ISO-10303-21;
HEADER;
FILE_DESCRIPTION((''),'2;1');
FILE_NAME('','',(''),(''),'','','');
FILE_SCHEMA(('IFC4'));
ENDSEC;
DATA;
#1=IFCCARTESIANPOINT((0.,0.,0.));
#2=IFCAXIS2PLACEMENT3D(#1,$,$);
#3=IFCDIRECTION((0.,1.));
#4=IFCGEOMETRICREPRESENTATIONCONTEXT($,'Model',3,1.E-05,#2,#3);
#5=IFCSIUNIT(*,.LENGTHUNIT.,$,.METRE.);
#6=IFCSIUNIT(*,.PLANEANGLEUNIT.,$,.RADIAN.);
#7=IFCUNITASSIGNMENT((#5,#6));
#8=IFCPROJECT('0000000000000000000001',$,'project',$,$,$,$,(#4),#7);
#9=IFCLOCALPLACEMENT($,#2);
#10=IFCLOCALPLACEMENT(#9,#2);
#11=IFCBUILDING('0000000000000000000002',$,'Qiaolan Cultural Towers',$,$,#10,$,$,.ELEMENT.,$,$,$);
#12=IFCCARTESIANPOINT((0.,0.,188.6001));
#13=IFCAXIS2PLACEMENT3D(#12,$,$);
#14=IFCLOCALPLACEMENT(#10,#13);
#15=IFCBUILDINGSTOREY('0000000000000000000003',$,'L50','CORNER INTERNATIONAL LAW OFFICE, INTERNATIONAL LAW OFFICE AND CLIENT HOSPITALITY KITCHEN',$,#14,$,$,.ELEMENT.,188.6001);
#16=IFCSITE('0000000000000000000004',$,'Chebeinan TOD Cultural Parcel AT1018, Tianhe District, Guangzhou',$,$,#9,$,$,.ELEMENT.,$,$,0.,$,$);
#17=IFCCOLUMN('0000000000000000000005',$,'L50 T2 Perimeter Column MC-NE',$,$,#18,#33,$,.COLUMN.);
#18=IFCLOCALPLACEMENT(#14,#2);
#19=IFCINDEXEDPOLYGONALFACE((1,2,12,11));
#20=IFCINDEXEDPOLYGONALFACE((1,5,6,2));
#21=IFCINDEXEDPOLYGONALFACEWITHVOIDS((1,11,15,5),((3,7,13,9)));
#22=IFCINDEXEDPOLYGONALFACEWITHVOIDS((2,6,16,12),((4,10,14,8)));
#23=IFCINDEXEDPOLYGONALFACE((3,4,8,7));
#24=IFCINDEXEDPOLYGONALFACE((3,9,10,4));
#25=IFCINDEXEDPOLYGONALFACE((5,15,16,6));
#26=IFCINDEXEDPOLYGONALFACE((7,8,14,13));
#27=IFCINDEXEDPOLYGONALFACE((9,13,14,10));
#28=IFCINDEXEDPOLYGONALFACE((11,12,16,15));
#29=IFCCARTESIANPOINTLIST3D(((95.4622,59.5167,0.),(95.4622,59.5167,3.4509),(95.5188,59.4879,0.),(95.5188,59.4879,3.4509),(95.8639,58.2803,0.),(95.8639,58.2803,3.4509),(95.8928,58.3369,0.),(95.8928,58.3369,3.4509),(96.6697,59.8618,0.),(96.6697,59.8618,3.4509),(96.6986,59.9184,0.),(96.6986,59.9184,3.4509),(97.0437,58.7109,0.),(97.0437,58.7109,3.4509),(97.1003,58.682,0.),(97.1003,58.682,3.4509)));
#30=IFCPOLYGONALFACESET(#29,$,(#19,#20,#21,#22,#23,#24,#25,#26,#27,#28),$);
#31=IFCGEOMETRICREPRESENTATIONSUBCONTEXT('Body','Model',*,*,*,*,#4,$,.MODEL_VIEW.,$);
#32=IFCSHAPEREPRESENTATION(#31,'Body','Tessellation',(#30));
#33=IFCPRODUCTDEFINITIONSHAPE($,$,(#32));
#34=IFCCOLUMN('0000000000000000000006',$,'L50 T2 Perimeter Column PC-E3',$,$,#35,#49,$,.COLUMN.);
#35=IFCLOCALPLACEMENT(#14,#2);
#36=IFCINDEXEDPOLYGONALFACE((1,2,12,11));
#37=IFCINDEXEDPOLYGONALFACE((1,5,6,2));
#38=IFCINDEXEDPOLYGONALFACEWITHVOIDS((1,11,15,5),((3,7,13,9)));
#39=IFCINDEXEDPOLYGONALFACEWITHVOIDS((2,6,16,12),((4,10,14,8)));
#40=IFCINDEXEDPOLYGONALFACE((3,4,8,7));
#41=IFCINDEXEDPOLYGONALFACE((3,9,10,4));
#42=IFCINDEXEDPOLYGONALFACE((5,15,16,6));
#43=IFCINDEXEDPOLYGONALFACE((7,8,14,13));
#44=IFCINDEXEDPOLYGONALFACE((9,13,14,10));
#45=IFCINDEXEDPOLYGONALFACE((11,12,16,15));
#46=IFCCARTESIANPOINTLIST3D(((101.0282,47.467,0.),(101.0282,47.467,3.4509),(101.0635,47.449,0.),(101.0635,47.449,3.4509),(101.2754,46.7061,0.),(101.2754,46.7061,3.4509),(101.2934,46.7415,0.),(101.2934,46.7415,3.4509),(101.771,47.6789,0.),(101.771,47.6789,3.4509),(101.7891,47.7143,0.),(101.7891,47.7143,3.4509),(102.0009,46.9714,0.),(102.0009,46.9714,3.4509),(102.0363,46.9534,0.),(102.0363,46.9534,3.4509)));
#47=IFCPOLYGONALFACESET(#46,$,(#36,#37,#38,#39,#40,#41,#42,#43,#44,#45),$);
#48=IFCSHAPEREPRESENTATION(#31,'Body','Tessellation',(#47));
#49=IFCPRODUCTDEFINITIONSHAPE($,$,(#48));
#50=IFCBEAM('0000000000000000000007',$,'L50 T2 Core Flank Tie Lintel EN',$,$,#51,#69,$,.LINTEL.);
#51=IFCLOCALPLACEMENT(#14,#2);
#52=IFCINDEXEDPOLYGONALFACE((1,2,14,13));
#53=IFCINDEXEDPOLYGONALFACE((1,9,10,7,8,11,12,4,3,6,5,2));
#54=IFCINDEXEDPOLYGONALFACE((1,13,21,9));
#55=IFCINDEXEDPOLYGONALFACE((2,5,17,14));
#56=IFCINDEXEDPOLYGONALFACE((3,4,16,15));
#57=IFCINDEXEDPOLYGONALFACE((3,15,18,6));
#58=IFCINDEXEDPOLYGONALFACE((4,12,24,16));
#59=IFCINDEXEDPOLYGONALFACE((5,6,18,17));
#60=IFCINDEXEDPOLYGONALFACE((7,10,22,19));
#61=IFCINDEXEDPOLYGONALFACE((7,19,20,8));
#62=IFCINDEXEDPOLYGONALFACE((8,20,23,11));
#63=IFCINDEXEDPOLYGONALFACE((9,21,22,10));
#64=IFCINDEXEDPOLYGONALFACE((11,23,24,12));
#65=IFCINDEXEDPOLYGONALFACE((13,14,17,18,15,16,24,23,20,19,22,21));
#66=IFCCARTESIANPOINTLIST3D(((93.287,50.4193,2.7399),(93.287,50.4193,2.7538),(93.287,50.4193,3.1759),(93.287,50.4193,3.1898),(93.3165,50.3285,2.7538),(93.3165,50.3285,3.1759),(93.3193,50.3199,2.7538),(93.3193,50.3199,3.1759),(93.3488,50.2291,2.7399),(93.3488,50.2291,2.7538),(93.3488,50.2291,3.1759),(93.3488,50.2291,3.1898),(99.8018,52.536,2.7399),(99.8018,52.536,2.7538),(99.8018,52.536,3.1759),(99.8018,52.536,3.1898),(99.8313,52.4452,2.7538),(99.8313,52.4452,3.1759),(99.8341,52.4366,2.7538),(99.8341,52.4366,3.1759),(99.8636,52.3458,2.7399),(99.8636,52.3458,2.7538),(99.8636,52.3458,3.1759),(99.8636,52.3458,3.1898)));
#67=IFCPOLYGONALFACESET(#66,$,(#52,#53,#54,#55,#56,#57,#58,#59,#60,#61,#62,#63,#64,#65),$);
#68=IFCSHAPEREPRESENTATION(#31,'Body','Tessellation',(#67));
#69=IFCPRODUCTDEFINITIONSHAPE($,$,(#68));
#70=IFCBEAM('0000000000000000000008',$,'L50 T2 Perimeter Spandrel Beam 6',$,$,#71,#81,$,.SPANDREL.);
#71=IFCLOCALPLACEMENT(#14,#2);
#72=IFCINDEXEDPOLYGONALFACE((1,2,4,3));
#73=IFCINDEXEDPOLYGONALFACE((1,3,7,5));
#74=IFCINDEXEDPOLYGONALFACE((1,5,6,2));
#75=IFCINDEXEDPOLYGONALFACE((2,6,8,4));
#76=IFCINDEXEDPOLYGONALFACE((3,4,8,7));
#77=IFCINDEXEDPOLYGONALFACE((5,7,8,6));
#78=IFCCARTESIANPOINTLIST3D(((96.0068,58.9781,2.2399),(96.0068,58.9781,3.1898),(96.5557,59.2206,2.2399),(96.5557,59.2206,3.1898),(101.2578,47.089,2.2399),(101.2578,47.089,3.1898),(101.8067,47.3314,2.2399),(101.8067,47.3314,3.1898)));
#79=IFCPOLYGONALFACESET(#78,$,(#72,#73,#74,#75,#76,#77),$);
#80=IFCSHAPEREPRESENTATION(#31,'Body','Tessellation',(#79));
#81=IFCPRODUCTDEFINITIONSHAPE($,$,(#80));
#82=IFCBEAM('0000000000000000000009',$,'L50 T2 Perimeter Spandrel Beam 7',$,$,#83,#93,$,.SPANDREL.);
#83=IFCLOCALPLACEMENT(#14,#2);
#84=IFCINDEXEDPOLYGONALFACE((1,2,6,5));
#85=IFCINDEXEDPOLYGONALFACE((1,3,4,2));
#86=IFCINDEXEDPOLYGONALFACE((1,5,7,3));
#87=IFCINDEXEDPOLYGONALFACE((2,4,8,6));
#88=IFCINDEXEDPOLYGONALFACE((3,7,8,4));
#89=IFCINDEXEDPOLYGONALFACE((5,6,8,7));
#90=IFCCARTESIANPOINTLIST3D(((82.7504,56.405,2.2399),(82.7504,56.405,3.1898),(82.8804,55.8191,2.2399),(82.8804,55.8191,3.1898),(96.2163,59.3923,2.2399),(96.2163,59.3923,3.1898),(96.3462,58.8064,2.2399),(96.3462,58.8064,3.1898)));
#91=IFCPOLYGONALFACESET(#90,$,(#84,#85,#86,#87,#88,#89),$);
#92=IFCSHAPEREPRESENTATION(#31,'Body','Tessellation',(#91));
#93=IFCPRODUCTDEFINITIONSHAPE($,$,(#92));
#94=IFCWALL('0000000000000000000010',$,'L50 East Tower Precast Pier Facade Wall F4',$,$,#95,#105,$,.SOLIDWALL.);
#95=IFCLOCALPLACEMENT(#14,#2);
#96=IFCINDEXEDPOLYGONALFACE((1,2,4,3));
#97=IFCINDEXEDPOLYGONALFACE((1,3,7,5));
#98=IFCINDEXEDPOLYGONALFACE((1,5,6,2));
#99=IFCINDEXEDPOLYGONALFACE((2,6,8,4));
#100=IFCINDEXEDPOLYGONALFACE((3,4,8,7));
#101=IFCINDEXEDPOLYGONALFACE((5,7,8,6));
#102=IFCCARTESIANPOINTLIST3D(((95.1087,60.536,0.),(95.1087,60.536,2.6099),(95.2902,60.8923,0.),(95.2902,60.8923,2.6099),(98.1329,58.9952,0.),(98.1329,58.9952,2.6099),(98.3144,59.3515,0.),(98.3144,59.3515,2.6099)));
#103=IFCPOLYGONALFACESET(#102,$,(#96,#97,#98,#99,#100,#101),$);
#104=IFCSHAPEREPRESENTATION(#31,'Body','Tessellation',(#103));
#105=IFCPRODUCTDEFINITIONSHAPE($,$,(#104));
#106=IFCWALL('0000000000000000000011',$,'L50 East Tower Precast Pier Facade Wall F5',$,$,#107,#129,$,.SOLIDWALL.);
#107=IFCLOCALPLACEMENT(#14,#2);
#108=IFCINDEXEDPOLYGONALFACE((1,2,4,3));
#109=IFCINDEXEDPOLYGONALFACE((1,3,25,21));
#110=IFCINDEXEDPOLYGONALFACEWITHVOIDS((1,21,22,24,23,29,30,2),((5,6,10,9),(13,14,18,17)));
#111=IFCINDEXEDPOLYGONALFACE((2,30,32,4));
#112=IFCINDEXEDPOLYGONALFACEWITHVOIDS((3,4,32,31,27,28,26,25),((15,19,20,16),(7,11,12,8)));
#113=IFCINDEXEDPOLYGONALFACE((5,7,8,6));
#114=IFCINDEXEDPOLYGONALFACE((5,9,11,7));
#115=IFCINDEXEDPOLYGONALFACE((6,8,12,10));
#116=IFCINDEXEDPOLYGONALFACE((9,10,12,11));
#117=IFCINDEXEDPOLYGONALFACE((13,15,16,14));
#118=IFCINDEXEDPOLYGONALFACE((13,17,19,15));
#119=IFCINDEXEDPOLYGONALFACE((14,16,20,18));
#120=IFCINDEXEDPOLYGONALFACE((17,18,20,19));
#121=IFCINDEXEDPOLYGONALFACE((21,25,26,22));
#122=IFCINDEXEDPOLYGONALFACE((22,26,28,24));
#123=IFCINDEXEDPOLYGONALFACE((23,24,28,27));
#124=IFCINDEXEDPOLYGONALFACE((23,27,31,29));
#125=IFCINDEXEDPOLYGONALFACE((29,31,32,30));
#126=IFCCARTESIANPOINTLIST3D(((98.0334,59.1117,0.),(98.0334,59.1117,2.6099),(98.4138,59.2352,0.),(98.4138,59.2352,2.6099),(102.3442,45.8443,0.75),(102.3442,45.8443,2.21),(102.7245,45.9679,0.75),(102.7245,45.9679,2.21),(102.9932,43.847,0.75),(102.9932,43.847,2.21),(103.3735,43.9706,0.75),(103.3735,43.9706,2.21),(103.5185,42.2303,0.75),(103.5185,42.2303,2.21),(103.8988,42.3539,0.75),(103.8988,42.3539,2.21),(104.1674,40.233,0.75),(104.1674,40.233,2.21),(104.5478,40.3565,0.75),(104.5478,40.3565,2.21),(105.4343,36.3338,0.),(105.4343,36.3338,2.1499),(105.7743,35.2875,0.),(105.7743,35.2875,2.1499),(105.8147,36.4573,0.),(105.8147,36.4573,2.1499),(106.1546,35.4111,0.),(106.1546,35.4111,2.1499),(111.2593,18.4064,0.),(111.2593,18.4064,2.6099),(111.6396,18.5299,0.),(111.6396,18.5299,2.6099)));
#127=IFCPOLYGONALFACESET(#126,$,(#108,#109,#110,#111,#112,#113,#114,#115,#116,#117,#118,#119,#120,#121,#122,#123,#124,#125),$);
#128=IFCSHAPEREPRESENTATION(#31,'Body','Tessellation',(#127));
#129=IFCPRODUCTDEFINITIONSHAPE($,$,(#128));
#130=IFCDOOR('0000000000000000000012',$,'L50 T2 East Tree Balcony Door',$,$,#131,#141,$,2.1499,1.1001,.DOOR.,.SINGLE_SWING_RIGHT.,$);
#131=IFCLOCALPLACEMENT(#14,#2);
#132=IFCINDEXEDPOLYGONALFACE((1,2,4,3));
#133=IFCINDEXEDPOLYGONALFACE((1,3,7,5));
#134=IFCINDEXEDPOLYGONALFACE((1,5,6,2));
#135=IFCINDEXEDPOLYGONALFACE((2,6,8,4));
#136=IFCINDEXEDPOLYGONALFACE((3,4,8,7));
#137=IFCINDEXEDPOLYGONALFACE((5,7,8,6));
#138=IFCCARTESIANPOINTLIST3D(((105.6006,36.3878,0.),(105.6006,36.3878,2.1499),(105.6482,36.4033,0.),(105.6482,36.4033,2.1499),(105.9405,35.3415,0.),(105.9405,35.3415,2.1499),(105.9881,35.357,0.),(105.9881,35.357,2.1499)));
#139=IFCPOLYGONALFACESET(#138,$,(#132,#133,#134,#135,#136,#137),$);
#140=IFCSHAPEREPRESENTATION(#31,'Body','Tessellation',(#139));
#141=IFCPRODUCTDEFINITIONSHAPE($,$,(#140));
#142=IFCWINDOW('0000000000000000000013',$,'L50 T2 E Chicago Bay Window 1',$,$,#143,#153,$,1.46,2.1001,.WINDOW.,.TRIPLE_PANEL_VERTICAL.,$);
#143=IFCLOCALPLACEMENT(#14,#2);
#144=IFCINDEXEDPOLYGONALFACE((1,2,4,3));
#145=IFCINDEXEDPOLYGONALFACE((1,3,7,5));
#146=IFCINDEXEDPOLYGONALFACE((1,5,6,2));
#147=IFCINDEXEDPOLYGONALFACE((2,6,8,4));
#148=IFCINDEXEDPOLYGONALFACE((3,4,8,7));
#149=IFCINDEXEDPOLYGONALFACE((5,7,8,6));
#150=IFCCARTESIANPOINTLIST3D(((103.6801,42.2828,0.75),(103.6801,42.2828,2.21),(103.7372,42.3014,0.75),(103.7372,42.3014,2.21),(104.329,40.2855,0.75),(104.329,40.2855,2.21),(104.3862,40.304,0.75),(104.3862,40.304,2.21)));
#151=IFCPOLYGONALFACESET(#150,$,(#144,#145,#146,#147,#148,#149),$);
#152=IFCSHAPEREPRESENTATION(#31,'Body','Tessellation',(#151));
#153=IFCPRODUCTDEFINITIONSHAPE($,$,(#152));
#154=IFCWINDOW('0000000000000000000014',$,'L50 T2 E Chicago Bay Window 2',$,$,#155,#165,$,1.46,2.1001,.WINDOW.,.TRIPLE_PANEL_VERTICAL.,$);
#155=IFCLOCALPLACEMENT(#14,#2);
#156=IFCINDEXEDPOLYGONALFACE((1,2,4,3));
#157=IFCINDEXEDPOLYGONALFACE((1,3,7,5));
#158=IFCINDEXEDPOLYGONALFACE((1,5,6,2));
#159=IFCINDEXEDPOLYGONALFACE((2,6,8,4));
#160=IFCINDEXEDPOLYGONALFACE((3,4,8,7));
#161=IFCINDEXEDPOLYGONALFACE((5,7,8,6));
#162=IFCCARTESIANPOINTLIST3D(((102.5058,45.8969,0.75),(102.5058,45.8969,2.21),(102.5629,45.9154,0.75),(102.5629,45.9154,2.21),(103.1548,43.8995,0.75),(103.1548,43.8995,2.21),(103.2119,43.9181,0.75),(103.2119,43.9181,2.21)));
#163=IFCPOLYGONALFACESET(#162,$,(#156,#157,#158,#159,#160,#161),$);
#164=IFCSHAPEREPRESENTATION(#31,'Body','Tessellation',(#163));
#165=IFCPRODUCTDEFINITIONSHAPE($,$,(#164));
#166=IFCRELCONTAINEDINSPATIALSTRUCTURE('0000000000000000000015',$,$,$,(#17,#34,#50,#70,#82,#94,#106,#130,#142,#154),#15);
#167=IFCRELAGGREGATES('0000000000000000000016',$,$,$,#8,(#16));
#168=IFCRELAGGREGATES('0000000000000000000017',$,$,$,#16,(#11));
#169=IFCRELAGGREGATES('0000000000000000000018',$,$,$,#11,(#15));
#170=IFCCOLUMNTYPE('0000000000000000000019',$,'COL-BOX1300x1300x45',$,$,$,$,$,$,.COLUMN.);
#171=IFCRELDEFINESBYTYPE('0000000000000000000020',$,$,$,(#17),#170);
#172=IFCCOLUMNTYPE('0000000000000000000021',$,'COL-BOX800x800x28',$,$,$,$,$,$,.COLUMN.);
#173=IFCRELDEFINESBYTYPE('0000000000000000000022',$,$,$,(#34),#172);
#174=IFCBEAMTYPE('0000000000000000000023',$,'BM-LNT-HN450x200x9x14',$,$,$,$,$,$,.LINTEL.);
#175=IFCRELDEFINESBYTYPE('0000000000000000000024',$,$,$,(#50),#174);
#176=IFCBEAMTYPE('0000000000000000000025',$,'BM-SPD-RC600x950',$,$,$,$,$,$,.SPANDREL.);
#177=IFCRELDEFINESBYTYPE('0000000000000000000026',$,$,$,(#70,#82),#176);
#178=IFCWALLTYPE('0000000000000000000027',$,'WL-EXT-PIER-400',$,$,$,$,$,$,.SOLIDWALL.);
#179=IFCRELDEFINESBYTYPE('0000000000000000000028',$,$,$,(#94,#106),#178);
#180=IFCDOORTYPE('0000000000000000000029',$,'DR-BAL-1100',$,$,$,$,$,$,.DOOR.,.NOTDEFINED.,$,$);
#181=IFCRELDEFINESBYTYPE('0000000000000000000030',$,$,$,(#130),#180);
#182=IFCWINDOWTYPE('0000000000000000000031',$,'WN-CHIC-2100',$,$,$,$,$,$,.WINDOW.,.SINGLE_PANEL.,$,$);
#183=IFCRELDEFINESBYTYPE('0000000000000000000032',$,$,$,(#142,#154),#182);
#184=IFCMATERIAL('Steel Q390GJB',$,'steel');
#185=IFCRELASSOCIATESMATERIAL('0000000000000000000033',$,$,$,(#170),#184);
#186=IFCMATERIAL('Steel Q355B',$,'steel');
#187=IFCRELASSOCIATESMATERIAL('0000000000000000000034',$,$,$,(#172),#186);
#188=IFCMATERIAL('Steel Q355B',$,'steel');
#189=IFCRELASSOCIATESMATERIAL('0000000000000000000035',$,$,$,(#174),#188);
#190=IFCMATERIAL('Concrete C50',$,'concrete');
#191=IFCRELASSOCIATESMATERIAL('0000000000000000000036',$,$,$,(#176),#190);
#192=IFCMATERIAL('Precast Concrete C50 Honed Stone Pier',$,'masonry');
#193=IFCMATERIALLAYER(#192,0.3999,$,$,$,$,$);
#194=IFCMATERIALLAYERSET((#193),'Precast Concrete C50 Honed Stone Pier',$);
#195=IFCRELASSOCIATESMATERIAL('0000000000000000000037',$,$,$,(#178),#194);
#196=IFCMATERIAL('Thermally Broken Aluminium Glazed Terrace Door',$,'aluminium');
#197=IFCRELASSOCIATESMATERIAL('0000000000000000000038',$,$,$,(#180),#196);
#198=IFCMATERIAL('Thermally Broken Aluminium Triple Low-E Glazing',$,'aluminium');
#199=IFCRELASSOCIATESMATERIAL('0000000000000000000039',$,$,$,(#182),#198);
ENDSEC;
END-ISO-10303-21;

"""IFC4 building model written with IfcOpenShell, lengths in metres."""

from ifc_helpers import new_model, si_unit, direction, frame, frame_2d, origin, origin_2d, place, context, subcontext, project, spatial, rectangle, hollow_rectangle, i_section, extrude, material, layer, layer_set, material_profile, profile_set, type_object, element, fill, save


model = new_model("IFC4")

# Units and contexts
model_context = context("Model", 3, precision=1e-05, world=origin(), true_north=direction((0.0, 1.0)))
body_context = subcontext(model_context, "Body", "Model", "MODEL_VIEW")
ifc_project = project(units=[si_unit("LENGTHUNIT", "METRE"), si_unit("PLANEANGLEUNIT", "RADIAN")], contexts=[model_context])

# Site, building, storey
site_placement = place(None, origin())
site = spatial("IfcSite", under=ifc_project, at=site_placement, Name="Chebeinan TOD Cultural Parcel AT1018, Tianhe District, Guangzhou", CompositionType="ELEMENT", RefElevation=0.0)
building_placement = place(site_placement, origin())
building = spatial("IfcBuilding", under=site, at=building_placement, Name="Qiaolan Cultural Towers", CompositionType="ELEMENT")
storey_placement = place(building_placement, frame((0.0, 0.0, 188.6001)))
storey = spatial("IfcBuildingStorey", under=building, at=storey_placement, Name="L50", Description="CORNER INTERNATIONAL LAW OFFICE, INTERNATIONAL LAW OFFICE AND CLIENT HOSPITALITY KITCHEN", CompositionType="ELEMENT", Elevation=188.6001)

# Columns
ifc_material_1 = material(Name="Steel Q390GJB", Category="steel")
ifc_material_profile_1 = material_profile(ifc_material_1, hollow_rectangle(XDim=1.3, YDim=1.3, WallThickness=0.0449, at=origin_2d()), Name="BOX1300x1300x45")
ifc_profile_set_1 = profile_set([ifc_material_profile_1], Name="Steel Q390GJB")
column_type_1 = type_object("IfcColumnType", Name="COL-BOX1300x1300x45", PredefinedType="COLUMN", material=ifc_profile_set_1)
column_1_placement = place(storey_placement, frame((96.2812, 59.0994, 0.0), z_axis=(0.0, 0.0, 1.0), x_axis=(0.951057, 0.309017, 0.0)))
element("IfcColumn", 1, at=column_1_placement, inside=storey, type_object=column_type_1, Name="L50 T2 Perimeter Column MC-NE", PredefinedType="COLUMN", context=body_context, shape_type="SweptSolid", body=[
    extrude(hollow_rectangle(XDim=1.3, YDim=1.3, WallThickness=0.0449, at=origin_2d()), origin(), (0.0, 0.0, 1.0), 3.4509),
])
ifc_material_2 = material(Name="Steel Q355B", Category="steel")
ifc_material_profile_2 = material_profile(ifc_material_2, hollow_rectangle(XDim=0.8, YDim=0.8, WallThickness=0.0281, at=origin_2d()), Name="BOX800x800x28")
ifc_profile_set_2 = profile_set([ifc_material_profile_2], Name="Steel Q355B")
column_type_2 = type_object("IfcColumnType", Name="COL-BOX800x800x28", PredefinedType="COLUMN", material=ifc_profile_set_2)
column_2_placement = place(storey_placement, frame((101.5322, 47.2102, 0.0), z_axis=(0.0, 0.0, 1.0), x_axis=(0.951057, 0.309017, 0.0)))
element("IfcColumn", 2, at=column_2_placement, inside=storey, type_object=column_type_2, Name="L50 T2 Perimeter Column PC-E3", PredefinedType="COLUMN", context=body_context, shape_type="SweptSolid", body=[
    extrude(hollow_rectangle(XDim=0.8, YDim=0.8, WallThickness=0.0281, at=origin_2d()), origin(), (0.0, 0.0, 1.0), 3.4509),
])

# Beams
ifc_material_3 = material(Name="Steel Q355B", Category="steel")
ifc_material_profile_3 = material_profile(ifc_material_3, i_section(OverallWidth=0.2, OverallDepth=0.45, WebThickness=0.009, FlangeThickness=0.0139, at=origin_2d()), Name="HN450x200x9x14")
ifc_profile_set_3 = profile_set([ifc_material_profile_3], Name="Steel Q355B")
beam_type_1 = type_object("IfcBeamType", Name="BM-LNT-HN450x200x9x14", PredefinedType="LINTEL", material=ifc_profile_set_3)
beam_1_placement = place(storey_placement, frame((93.3179, 50.3242, 2.9648), z_axis=(0.951062, 0.309001, 0.0), x_axis=(-0.309001, 0.951062, 0.0)))
element("IfcBeam", 3, at=beam_1_placement, inside=storey, type_object=beam_type_1, Name="L50 T2 Core Flank Tie Lintel EN", PredefinedType="LINTEL", context=body_context, shape_type="SweptSolid", body=[
    extrude(i_section(OverallWidth=0.2, OverallDepth=0.45, WebThickness=0.009, FlangeThickness=0.0139, at=origin_2d()), origin(), (0.0, 0.0, 1.0), 6.8501),
])
ifc_material_4 = material(Name="Concrete C50", Category="concrete")
ifc_material_profile_4 = material_profile(ifc_material_4, rectangle(XDim=0.6001, YDim=0.95, at=origin_2d()), Name="RC600x950")
ifc_profile_set_4 = profile_set([ifc_material_profile_4], Name="Concrete C50")
beam_type_2 = type_object("IfcBeamType", Name="BM-SPD-RC600x950", PredefinedType="SPANDREL", material=ifc_profile_set_4)
beam_2_placement = place(storey_placement, frame((101.5322, 47.2102, 2.7148), z_axis=(-0.404011, 0.914754, 0.0), x_axis=(-0.914754, -0.404011, 0.0)))
element("IfcBeam", 4, at=beam_2_placement, inside=storey, type_object=beam_type_2, Name="L50 T2 Perimeter Spandrel Beam 6", PredefinedType="SPANDREL", context=body_context, shape_type="SweptSolid", body=[
    extrude(rectangle(XDim=0.6001, YDim=0.95, at=origin_2d()), origin(), (0.0, 0.0, 1.0), 12.9971),
])
beam_3_placement = place(storey_placement, frame((96.2812, 59.0994, 2.7148), z_axis=(-0.976265, -0.216578, 0.0), x_axis=(0.216578, -0.976265, 0.0)))
element("IfcBeam", 5, at=beam_3_placement, inside=storey, type_object=beam_type_2, Name="L50 T2 Perimeter Spandrel Beam 7", PredefinedType="SPANDREL", context=body_context, shape_type="SweptSolid", body=[
    extrude(rectangle(XDim=0.6001, YDim=0.95, at=origin_2d()), origin(), (0.0, 0.0, 1.0), 13.7932),
])

# Wall
ifc_material_5 = material(Name="Precast Concrete C50 Honed Stone Pier", Category="masonry")
ifc_layer_1 = layer(ifc_material_5, 0.3999)
ifc_layer_set_1 = layer_set([ifc_layer_1], Name="Precast Concrete C50 Honed Stone Pier")
wall_type_1 = type_object("IfcWallType", Name="WL-EXT-PIER-400", PredefinedType="SOLIDWALL", material=ifc_layer_set_1)
wall_1_placement = place(storey_placement, frame((95.1995, 60.7141, 0.0), z_axis=(0.0, 0.0, 1.0), x_axis=(0.891021, -0.453962, 0.0)))
element("IfcWall", 6, at=wall_1_placement, inside=storey, type_object=wall_type_1, Name="L50 East Tower Precast Pier Facade Wall F4", PredefinedType="SOLIDWALL", context=body_context, shape_type="SweptSolid", body=[
    extrude(rectangle(XDim=3.394, YDim=0.3999, at=frame_2d((1.697, 0.0))), origin(), (0.0, 0.0, 1.0), 2.6099),
])

# Wall, openings, door, windows
wall_2_placement = place(storey_placement, frame((98.2236, 59.1733, 0.0), z_axis=(0.0, 0.0, 1.0), x_axis=(0.309014, -0.951057, 0.0)))
wall_2 = element("IfcWall", 7, at=wall_2_placement, inside=storey, type_object=wall_type_1, Name="L50 East Tower Precast Pier Facade Wall F5", PredefinedType="SOLIDWALL", context=body_context, shape_type="SweptSolid", body=[
    extrude(rectangle(XDim=42.8, YDim=0.3999, at=frame_2d((21.3999, 0.0))), origin(), (0.0, 0.0, 1.0), 2.6099),
])
opening_1_placement = place(wall_2_placement, frame((17.75, 0.0, 0.75)))
opening_1 = element("IfcOpeningElement", 8, at=opening_1_placement, cuts=wall_2, PredefinedType="OPENING", context=body_context, shape_type="SweptSolid", body=[
    extrude(rectangle(XDim=2.1001, YDim=1.46, at=frame_2d((1.05, 0.73))), frame((0.0, 0.21, 0.0), z_axis=(0.0, -1.0, 0.0), x_axis=(1.0, 0.0, 0.0)), (0.0, 0.0, 1.0), 0.4199),
])
opening_2_placement = place(wall_2_placement, frame((13.95, 0.0, 0.75)))
opening_2 = element("IfcOpeningElement", 9, at=opening_2_placement, cuts=wall_2, PredefinedType="OPENING", context=body_context, shape_type="SweptSolid", body=[
    extrude(rectangle(XDim=2.1001, YDim=1.46, at=frame_2d((1.05, 0.73))), frame((0.0, 0.21, 0.0), z_axis=(0.0, -1.0, 0.0), x_axis=(1.0, 0.0, 0.0)), (0.0, 0.0, 1.0), 0.4199),
])
opening_3_placement = place(wall_2_placement, frame((23.95, 0.0, 0.0)))
opening_3 = element("IfcOpeningElement", 10, at=opening_3_placement, cuts=wall_2, PredefinedType="OPENING", context=body_context, shape_type="SweptSolid", body=[
    extrude(rectangle(XDim=1.1001, YDim=2.1499, at=frame_2d((0.55, 1.075))), frame((0.0, 0.21, 0.0), z_axis=(0.0, -1.0, 0.0), x_axis=(1.0, 0.0, 0.0)), (0.0, 0.0, 1.0), 0.4199),
])
ifc_material_6 = material(Name="Thermally Broken Aluminium Glazed Terrace Door", Category="aluminium")
door_type_1 = type_object("IfcDoorType", Name="DR-BAL-1100", OperationType="NOTDEFINED", PredefinedType="DOOR", material=ifc_material_6)
door_1_placement = place(opening_3_placement, origin())
door_1 = element("IfcDoor", 11, at=door_1_placement, inside=storey, type_object=door_type_1, Name="L50 T2 East Tree Balcony Door", OperationType="SINGLE_SWING_RIGHT", OverallHeight=2.1499, OverallWidth=1.1001, PredefinedType="DOOR", context=body_context, shape_type="SweptSolid", body=[
    extrude(rectangle(XDim=1.1001, YDim=2.1499, at=frame_2d((0.55, 1.075))), frame((0.0, 0.0249, 0.0), z_axis=(0.0, -1.0, 0.0), x_axis=(1.0, 0.0, 0.0)), (0.0, 0.0, 1.0), 0.05),
])
fill(opening_3, door_1)
ifc_material_7 = material(Name="Thermally Broken Aluminium Triple Low-E Glazing", Category="aluminium")
window_type = type_object("IfcWindowType", Name="WN-CHIC-2100", PartitioningType="SINGLE_PANEL", PredefinedType="WINDOW", material=ifc_material_7)
window_1_placement = place(opening_1_placement, origin())
window_1 = element("IfcWindow", 12, at=window_1_placement, inside=storey, type_object=window_type, Name="L50 T2 E Chicago Bay Window 1", OverallHeight=1.46, OverallWidth=2.1001, PartitioningType="TRIPLE_PANEL_VERTICAL", PredefinedType="WINDOW", context=body_context, shape_type="SweptSolid", body=[
    extrude(rectangle(XDim=2.1001, YDim=1.46, at=frame_2d((1.05, 0.73))), frame((0.0, 0.03, 0.0), z_axis=(0.0, -1.0, 0.0), x_axis=(1.0, 0.0, 0.0)), (0.0, 0.0, 1.0), 0.0601),
])
fill(opening_1, window_1)
window_2_placement = place(opening_2_placement, origin())
window_2 = element("IfcWindow", 13, at=window_2_placement, inside=storey, type_object=window_type, Name="L50 T2 E Chicago Bay Window 2", OverallHeight=1.46, OverallWidth=2.1001, PartitioningType="TRIPLE_PANEL_VERTICAL", PredefinedType="WINDOW", context=body_context, shape_type="SweptSolid", body=[
    extrude(rectangle(XDim=2.1001, YDim=1.46, at=frame_2d((1.05, 0.73))), frame((0.0, 0.03, 0.0), z_axis=(0.0, -1.0, 0.0), x_axis=(1.0, 0.0, 0.0)), (0.0, 0.0, 1.0), 0.0601),
])
fill(opening_2, window_2)

save(model, "model.ifc")
